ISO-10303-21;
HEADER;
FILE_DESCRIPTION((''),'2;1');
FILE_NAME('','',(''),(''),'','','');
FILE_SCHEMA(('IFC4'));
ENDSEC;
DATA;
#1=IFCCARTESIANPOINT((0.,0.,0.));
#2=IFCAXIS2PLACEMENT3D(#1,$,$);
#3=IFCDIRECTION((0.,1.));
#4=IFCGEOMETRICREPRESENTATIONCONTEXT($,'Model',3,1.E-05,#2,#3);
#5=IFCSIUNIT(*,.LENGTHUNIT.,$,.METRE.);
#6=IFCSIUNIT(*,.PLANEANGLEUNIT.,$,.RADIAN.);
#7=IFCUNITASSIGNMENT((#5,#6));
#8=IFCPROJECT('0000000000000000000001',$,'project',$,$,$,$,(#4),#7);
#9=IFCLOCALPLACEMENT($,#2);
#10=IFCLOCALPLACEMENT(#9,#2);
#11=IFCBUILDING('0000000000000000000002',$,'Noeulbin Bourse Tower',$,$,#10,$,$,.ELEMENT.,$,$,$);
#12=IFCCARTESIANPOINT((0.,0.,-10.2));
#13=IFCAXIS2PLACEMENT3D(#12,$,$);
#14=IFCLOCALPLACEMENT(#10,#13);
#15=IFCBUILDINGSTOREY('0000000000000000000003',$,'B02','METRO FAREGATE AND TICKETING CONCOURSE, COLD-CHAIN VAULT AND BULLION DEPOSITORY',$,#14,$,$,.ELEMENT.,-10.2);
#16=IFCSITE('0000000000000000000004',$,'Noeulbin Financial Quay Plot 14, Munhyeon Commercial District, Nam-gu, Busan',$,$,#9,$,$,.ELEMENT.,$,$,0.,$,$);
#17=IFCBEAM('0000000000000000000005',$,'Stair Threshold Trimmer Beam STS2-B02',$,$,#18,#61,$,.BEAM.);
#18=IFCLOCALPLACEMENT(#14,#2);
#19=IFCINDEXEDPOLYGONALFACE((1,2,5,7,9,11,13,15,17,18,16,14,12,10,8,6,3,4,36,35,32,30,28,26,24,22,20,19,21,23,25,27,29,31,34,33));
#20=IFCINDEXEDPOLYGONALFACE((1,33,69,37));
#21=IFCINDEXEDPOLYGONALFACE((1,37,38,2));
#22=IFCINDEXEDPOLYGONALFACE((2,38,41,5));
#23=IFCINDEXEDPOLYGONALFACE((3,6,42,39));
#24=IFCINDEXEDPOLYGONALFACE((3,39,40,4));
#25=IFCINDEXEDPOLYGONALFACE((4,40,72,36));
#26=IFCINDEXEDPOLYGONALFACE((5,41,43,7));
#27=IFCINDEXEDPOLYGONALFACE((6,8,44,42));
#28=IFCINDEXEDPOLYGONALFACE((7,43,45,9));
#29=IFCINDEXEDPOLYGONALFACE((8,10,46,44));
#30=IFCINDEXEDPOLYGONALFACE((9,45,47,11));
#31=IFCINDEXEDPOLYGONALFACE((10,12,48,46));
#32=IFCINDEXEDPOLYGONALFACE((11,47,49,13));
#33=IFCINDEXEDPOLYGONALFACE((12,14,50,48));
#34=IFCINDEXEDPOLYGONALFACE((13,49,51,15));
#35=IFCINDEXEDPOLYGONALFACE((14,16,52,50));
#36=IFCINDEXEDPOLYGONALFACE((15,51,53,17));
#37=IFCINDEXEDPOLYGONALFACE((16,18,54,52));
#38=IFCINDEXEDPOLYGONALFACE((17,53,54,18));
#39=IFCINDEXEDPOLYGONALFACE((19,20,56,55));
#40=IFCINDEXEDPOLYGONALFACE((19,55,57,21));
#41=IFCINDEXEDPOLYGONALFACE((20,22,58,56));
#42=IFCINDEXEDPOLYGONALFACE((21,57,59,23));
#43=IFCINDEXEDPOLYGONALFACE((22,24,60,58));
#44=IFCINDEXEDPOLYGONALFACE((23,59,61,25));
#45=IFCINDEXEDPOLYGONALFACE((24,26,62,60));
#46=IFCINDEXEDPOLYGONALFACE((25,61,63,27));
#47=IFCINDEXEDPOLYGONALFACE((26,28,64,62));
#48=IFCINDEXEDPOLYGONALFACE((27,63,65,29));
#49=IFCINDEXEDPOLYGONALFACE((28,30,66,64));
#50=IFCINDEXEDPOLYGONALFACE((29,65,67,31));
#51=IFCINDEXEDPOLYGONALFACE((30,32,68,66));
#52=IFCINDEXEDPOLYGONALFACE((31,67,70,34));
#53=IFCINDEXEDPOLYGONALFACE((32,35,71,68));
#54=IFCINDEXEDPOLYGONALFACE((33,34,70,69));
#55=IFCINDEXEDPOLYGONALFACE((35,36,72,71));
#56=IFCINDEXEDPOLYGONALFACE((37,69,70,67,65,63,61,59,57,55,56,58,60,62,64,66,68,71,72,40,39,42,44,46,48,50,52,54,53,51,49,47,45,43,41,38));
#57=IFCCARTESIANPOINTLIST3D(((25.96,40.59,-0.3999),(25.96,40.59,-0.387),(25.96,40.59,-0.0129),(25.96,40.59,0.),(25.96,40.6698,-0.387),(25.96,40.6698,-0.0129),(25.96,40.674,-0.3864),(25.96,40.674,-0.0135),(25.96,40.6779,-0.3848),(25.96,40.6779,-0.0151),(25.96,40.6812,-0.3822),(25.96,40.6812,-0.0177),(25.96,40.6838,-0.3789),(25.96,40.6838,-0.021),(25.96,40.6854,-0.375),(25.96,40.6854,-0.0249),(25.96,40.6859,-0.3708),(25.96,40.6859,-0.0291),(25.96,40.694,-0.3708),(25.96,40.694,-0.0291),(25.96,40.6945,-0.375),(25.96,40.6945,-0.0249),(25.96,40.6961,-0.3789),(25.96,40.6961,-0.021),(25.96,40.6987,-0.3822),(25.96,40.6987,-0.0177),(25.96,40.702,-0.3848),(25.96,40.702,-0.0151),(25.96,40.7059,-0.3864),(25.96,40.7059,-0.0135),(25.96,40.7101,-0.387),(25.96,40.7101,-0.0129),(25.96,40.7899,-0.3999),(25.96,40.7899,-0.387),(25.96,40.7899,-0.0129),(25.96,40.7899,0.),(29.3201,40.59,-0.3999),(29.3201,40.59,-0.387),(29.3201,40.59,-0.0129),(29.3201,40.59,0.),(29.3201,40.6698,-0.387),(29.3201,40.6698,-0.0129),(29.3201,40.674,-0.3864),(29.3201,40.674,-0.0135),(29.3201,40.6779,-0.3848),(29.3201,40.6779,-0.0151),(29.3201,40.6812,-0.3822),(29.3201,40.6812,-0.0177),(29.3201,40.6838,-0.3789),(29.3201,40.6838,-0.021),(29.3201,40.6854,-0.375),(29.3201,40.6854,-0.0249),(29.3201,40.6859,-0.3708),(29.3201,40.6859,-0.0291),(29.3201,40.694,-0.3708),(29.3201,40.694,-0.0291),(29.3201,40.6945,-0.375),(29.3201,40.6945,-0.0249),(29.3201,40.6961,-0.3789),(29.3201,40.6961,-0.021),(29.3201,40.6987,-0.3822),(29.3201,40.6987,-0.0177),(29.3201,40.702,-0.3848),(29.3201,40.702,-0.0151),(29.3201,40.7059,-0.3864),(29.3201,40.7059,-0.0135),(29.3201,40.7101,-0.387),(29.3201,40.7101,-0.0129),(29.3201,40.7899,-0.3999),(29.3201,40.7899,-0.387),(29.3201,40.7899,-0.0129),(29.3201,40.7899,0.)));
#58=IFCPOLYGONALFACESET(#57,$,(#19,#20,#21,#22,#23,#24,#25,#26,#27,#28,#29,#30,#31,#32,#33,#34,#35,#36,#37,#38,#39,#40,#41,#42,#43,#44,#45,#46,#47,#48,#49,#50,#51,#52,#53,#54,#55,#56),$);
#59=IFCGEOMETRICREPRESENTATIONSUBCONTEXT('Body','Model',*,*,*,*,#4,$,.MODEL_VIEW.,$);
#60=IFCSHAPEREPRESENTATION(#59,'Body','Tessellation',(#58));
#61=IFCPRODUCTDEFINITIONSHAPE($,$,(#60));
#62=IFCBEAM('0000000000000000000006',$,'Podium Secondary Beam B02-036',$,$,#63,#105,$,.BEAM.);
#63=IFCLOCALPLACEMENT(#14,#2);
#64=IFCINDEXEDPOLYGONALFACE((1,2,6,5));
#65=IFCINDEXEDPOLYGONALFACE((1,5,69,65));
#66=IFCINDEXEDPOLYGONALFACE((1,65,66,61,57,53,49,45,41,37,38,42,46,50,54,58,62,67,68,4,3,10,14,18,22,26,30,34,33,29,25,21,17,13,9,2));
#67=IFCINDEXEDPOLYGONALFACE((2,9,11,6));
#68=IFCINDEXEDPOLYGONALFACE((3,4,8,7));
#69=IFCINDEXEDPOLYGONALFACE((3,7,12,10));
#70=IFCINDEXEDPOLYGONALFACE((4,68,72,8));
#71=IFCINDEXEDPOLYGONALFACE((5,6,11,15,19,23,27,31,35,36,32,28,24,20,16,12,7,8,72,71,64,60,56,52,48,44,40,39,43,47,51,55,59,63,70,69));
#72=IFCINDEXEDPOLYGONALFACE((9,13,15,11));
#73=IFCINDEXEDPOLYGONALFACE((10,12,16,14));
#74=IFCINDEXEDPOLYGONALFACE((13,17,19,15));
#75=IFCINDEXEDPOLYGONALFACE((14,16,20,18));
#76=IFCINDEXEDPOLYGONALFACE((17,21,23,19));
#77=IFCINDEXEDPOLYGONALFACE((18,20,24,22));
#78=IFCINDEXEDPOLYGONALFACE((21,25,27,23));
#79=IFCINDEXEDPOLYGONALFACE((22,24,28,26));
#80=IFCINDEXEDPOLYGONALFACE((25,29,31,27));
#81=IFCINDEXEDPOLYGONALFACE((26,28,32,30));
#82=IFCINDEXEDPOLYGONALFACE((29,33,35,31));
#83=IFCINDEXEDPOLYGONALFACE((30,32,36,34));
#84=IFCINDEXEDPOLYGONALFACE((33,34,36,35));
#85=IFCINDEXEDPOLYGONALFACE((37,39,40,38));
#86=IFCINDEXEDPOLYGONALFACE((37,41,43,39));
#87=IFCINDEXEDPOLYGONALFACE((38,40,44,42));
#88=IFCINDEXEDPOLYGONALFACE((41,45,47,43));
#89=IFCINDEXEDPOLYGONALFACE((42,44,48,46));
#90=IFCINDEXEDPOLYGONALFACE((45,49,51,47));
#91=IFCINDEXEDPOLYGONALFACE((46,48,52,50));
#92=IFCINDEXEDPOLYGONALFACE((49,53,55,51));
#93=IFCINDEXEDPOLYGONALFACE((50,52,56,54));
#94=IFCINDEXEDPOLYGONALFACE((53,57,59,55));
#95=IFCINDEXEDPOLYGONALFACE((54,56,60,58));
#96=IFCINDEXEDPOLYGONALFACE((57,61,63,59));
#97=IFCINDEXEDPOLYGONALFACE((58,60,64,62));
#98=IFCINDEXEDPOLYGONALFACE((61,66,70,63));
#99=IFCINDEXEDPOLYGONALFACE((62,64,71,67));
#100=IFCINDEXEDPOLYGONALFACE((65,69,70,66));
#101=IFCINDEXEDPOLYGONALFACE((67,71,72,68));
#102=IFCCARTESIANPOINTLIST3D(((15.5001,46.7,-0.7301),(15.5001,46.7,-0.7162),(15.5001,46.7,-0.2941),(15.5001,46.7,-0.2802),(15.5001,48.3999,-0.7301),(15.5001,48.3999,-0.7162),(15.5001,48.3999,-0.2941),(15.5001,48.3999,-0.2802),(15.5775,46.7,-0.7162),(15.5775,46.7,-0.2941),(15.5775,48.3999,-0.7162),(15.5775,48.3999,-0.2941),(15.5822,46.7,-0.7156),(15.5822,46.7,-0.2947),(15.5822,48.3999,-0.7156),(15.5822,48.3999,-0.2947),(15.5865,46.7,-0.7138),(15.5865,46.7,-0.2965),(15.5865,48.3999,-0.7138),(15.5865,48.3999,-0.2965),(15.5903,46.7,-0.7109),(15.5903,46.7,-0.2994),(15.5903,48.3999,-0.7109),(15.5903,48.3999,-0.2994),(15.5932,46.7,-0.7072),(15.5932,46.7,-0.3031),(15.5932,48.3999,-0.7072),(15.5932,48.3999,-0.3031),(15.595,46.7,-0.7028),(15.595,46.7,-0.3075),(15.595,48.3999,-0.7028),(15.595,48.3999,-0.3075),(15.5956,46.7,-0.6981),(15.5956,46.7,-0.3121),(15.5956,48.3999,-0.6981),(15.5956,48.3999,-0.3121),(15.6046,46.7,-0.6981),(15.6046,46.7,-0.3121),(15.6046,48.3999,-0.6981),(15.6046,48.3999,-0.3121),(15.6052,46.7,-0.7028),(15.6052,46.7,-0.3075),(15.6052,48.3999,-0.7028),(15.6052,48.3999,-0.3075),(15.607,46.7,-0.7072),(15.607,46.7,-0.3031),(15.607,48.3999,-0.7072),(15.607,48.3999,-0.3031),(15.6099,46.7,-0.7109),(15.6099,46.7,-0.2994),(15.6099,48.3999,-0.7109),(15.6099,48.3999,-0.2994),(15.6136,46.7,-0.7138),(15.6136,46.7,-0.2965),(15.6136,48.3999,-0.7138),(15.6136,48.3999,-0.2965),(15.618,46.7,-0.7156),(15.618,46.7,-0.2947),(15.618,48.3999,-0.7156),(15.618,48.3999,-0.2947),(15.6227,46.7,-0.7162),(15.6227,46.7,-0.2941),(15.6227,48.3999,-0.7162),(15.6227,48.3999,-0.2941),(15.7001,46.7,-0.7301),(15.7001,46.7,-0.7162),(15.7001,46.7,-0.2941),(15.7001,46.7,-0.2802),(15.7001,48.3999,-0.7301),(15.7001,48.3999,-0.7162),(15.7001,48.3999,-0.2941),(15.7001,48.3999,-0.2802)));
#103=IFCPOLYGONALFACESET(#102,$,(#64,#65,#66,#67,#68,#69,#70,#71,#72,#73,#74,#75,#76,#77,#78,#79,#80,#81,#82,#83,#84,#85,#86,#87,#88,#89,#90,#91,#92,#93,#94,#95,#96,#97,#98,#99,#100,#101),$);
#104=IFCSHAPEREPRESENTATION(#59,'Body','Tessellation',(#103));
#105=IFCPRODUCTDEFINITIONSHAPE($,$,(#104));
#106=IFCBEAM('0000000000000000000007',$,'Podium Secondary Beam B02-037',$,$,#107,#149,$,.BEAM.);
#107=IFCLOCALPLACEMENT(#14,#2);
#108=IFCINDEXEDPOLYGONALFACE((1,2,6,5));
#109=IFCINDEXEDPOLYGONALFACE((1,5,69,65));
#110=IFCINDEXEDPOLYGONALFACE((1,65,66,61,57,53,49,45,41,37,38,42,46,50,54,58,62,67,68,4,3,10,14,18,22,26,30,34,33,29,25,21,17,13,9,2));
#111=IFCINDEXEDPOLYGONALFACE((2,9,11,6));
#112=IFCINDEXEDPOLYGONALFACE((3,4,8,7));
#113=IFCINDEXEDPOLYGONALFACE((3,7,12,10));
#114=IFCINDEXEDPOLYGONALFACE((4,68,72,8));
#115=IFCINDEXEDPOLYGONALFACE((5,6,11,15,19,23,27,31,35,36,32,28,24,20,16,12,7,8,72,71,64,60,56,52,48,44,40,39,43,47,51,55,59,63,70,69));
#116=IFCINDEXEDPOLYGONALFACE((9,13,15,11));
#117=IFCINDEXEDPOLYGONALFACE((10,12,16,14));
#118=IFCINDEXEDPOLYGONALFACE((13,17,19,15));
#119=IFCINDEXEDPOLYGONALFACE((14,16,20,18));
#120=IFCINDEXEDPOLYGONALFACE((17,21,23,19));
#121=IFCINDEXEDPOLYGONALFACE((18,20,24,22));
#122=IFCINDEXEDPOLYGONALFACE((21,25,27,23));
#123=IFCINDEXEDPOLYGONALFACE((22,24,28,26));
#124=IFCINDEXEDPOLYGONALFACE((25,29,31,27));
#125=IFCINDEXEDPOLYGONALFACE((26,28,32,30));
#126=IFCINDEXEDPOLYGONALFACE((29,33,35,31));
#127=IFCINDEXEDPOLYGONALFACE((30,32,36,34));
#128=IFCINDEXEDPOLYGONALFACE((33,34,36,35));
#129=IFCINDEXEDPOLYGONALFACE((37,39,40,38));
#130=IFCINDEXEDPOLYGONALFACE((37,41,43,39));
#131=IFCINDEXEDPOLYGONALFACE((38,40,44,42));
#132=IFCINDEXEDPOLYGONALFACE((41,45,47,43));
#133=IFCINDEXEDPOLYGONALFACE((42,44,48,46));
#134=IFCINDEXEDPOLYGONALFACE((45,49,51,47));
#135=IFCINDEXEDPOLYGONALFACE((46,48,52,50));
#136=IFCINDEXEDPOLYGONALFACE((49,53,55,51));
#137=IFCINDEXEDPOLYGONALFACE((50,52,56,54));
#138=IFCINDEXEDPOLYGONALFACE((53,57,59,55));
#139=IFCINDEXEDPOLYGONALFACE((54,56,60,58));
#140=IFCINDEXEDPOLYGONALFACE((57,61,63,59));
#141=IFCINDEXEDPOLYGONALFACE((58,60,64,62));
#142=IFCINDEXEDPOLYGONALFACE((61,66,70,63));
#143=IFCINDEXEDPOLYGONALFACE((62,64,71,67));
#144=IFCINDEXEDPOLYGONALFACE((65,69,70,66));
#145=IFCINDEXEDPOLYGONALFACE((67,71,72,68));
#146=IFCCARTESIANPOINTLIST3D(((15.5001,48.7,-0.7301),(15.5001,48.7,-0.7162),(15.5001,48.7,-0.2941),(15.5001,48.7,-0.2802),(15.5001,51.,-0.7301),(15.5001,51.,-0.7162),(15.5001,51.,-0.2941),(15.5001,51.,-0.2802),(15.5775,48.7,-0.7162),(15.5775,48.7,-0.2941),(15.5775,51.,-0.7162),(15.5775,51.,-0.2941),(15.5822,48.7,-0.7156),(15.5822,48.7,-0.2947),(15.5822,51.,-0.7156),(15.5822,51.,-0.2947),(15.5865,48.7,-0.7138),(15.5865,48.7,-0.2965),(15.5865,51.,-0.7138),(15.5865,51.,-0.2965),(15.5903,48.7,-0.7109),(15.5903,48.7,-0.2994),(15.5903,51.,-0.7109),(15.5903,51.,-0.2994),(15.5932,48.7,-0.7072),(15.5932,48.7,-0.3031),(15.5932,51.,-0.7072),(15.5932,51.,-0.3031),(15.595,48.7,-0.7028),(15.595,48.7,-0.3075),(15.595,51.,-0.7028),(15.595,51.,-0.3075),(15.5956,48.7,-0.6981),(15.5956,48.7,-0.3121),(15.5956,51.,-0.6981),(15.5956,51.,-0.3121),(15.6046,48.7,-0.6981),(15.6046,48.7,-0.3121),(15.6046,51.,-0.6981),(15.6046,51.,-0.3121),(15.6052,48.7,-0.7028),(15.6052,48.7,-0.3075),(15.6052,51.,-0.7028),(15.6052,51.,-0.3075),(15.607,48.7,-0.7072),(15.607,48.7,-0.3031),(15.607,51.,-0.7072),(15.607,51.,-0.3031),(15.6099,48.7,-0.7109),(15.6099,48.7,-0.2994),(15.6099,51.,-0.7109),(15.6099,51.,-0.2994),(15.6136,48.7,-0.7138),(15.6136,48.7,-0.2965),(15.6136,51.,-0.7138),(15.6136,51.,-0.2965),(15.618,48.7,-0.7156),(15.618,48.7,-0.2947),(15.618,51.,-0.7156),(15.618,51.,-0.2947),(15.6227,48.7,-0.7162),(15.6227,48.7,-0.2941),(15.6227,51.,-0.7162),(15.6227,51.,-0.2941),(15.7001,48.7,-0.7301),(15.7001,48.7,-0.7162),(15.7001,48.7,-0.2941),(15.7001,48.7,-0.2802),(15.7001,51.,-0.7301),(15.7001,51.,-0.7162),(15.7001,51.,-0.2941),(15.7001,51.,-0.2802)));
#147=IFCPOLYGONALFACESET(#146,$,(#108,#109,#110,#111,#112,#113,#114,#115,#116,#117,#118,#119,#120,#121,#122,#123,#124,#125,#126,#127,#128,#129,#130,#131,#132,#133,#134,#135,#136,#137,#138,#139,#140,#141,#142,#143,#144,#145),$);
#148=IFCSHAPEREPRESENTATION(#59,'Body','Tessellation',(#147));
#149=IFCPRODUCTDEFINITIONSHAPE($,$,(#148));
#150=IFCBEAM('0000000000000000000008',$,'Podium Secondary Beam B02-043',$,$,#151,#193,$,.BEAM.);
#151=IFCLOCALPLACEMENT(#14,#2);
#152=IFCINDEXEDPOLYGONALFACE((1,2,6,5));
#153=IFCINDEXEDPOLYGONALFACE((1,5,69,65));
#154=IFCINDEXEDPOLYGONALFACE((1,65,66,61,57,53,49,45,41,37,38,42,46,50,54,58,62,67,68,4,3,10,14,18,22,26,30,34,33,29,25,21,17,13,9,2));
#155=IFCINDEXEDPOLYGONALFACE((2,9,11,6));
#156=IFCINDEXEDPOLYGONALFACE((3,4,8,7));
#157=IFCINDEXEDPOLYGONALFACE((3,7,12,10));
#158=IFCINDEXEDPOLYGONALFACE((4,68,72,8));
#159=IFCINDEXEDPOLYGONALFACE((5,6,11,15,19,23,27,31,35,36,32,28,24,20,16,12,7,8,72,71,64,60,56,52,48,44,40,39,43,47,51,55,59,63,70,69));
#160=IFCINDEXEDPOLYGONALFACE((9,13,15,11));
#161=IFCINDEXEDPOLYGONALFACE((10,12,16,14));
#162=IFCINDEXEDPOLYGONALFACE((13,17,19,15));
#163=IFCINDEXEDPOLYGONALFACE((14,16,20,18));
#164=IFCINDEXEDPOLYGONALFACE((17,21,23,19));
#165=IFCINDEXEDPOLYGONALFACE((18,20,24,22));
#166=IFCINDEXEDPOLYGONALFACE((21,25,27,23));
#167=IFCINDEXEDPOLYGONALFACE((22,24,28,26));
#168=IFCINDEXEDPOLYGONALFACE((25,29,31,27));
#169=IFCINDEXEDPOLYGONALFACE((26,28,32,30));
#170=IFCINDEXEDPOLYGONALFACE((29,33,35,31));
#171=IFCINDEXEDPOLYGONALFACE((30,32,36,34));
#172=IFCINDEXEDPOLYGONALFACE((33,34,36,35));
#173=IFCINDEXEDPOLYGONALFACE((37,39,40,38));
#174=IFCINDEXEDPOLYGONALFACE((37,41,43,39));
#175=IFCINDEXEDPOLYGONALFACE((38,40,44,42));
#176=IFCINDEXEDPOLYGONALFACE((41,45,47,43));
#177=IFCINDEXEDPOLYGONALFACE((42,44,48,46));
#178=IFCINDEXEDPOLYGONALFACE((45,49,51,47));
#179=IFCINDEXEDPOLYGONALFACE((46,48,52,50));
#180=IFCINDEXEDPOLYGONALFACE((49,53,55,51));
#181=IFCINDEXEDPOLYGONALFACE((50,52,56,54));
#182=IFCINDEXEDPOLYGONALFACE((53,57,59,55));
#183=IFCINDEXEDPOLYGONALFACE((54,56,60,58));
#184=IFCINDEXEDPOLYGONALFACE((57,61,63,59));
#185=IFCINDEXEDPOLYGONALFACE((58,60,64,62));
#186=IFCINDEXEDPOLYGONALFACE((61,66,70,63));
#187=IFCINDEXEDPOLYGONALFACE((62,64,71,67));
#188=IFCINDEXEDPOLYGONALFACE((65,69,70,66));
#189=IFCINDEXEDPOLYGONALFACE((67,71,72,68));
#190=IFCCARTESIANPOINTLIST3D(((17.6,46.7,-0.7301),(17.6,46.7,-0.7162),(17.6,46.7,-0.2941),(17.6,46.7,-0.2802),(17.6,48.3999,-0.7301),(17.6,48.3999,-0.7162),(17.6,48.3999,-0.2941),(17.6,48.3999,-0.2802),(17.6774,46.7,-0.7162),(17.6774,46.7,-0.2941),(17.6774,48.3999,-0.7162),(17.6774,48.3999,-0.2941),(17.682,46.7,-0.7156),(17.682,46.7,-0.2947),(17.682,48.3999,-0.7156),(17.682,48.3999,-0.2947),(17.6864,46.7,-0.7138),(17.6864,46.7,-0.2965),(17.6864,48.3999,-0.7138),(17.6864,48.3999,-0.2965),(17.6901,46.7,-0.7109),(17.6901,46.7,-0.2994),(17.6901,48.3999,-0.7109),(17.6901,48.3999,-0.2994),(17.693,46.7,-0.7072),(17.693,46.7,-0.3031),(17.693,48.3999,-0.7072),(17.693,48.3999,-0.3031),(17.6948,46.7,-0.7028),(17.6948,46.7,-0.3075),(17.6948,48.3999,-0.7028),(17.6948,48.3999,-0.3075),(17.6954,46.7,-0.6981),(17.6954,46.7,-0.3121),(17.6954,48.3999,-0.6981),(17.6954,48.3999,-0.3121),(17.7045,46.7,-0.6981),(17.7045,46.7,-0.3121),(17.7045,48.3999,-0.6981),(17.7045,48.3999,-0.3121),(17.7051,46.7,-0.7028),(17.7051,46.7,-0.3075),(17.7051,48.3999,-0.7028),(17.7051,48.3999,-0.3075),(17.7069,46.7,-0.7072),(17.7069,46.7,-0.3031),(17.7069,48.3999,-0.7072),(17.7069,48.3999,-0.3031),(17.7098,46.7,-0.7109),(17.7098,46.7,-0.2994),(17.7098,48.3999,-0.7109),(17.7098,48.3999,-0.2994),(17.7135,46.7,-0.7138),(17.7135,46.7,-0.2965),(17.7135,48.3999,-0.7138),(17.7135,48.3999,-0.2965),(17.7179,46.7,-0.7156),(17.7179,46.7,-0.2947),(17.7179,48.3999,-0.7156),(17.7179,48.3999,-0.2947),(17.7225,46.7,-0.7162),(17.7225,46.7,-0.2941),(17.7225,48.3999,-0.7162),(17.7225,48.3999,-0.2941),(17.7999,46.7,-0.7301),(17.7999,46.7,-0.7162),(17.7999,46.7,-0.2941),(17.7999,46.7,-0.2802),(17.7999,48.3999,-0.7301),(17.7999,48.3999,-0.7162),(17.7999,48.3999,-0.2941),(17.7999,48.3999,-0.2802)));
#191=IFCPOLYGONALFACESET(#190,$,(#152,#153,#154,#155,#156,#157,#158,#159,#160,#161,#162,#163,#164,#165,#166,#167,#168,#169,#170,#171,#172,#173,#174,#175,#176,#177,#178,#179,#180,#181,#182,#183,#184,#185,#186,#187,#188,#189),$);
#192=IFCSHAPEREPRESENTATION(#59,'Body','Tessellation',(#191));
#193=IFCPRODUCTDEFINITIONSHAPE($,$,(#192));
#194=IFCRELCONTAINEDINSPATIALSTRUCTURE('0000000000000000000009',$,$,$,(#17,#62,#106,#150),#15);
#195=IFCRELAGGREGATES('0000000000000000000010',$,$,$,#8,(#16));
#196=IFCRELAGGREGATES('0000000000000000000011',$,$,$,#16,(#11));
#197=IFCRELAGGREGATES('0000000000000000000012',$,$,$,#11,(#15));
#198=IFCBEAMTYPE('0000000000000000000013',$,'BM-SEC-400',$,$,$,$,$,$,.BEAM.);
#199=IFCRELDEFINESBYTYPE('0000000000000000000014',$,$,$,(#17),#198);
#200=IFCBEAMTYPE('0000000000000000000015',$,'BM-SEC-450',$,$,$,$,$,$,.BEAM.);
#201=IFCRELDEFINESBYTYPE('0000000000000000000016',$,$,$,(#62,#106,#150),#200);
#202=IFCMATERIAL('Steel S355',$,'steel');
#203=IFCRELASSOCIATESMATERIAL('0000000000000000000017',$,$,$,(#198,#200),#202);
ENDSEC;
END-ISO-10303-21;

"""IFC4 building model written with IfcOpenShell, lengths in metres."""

from ifc_helpers import new_model, si_unit, direction, frame, origin, origin_2d, place, context, subcontext, project, spatial, i_section, extrude, material, material_profile, profile_set, type_object, element, save


model = new_model("IFC4")

# Units and contexts
model_context = context("Model", 3, precision=1e-05, world=origin(), true_north=direction((0.0, 1.0)))
body_context = subcontext(model_context, "Body", "Model", "MODEL_VIEW")
ifc_project = project(units=[si_unit("LENGTHUNIT", "METRE"), si_unit("PLANEANGLEUNIT", "RADIAN")], contexts=[model_context])

# Site, building, storey
site_placement = place(None, origin())
site = spatial("IfcSite", under=ifc_project, at=site_placement, Name="Noeulbin Financial Quay Plot 14, Munhyeon Commercial District, Nam-gu, Busan", CompositionType="ELEMENT", RefElevation=0.0)
building_placement = place(site_placement, origin())
building = spatial("IfcBuilding", under=site, at=building_placement, Name="Noeulbin Bourse Tower", CompositionType="ELEMENT")
storey_placement = place(building_placement, frame((0.0, 0.0, -10.2)))
storey = spatial("IfcBuildingStorey", under=building, at=storey_placement, Name="B02", Description="METRO FAREGATE AND TICKETING CONCOURSE, COLD-CHAIN VAULT AND BULLION DEPOSITORY", CompositionType="ELEMENT", Elevation=-10.2)

# Beams
ifc_material_1 = material(Name="Steel S355", Category="steel")
ifc_material_profile_1 = material_profile(ifc_material_1, i_section(OverallWidth=0.2, OverallDepth=0.3999, WebThickness=0.0081, FlangeThickness=0.0129, FilletRadius=0.0161, at=origin_2d()), Name="H-400x200x8x13", Category="LoadBearing")
ifc_profile_set_1 = profile_set([ifc_material_profile_1], Name="Steel S355")
beam_type_1 = type_object("IfcBeamType", Name="BM-SEC-400", PredefinedType="BEAM", material=ifc_profile_set_1)
beam_1_placement = place(storey_placement, frame((25.96, 40.6899, -0.2), z_axis=(1.0, 0.0, 0.0), x_axis=(0.0, 1.0, 0.0)))
element("IfcBeam", 1, at=beam_1_placement, inside=storey, type_object=beam_type_1, Name="Stair Threshold Trimmer Beam STS2-B02", PredefinedType="BEAM", context=body_context, shape_type="SweptSolid", body=[
    extrude(i_section(OverallWidth=0.2, OverallDepth=0.3999, WebThickness=0.0081, FlangeThickness=0.0129, FilletRadius=0.0161, at=origin_2d()), origin(), (0.0, 0.0, 1.0), 3.3601),
])
ifc_material_profile_2 = material_profile(ifc_material_1, i_section(OverallWidth=0.2, OverallDepth=0.45, WebThickness=0.009, FlangeThickness=0.0139, FilletRadius=0.0181, at=origin_2d()), Name="H-450x200x9x14", Category="LoadBearing")
ifc_profile_set_2 = profile_set([ifc_material_profile_2], Name="Steel S355")
beam_type_2 = type_object("IfcBeamType", Name="BM-SEC-450", PredefinedType="BEAM", material=ifc_profile_set_2)
beam_2_placement = place(storey_placement, frame((15.6001, 46.7, -0.5051), z_axis=(0.0, 1.0, 0.0), x_axis=(-1.0, 0.0, 0.0)))
element("IfcBeam", 2, at=beam_2_placement, inside=storey, type_object=beam_type_2, Name="Podium Secondary Beam B02-036", PredefinedType="BEAM", context=body_context, shape_type="SweptSolid", body=[
    extrude(i_section(OverallWidth=0.2, OverallDepth=0.45, WebThickness=0.009, FlangeThickness=0.0139, FilletRadius=0.0181, at=origin_2d()), origin(), (0.0, 0.0, 1.0), 1.7),
])
beam_3_placement = place(storey_placement, frame((15.6001, 48.7, -0.5051), z_axis=(0.0, 1.0, 0.0), x_axis=(-1.0, 0.0, 0.0)))
element("IfcBeam", 3, at=beam_3_placement, inside=storey, type_object=beam_type_2, Name="Podium Secondary Beam B02-037", PredefinedType="BEAM", context=body_context, shape_type="SweptSolid", body=[
    extrude(i_section(OverallWidth=0.2, OverallDepth=0.45, WebThickness=0.009, FlangeThickness=0.0139, FilletRadius=0.0181, at=origin_2d()), origin(), (0.0, 0.0, 1.0), 2.3),
])
beam_4_placement = place(storey_placement, frame((17.7, 46.7, -0.5051), z_axis=(0.0, 1.0, 0.0), x_axis=(-1.0, 0.0, 0.0)))
element("IfcBeam", 4, at=beam_4_placement, inside=storey, type_object=beam_type_2, Name="Podium Secondary Beam B02-043", PredefinedType="BEAM", context=body_context, shape_type="SweptSolid", body=[
    extrude(i_section(OverallWidth=0.2, OverallDepth=0.45, WebThickness=0.009, FlangeThickness=0.0139, FilletRadius=0.0181, at=origin_2d()), origin(), (0.0, 0.0, 1.0), 1.7),
])

save(model, "model.ifc")
